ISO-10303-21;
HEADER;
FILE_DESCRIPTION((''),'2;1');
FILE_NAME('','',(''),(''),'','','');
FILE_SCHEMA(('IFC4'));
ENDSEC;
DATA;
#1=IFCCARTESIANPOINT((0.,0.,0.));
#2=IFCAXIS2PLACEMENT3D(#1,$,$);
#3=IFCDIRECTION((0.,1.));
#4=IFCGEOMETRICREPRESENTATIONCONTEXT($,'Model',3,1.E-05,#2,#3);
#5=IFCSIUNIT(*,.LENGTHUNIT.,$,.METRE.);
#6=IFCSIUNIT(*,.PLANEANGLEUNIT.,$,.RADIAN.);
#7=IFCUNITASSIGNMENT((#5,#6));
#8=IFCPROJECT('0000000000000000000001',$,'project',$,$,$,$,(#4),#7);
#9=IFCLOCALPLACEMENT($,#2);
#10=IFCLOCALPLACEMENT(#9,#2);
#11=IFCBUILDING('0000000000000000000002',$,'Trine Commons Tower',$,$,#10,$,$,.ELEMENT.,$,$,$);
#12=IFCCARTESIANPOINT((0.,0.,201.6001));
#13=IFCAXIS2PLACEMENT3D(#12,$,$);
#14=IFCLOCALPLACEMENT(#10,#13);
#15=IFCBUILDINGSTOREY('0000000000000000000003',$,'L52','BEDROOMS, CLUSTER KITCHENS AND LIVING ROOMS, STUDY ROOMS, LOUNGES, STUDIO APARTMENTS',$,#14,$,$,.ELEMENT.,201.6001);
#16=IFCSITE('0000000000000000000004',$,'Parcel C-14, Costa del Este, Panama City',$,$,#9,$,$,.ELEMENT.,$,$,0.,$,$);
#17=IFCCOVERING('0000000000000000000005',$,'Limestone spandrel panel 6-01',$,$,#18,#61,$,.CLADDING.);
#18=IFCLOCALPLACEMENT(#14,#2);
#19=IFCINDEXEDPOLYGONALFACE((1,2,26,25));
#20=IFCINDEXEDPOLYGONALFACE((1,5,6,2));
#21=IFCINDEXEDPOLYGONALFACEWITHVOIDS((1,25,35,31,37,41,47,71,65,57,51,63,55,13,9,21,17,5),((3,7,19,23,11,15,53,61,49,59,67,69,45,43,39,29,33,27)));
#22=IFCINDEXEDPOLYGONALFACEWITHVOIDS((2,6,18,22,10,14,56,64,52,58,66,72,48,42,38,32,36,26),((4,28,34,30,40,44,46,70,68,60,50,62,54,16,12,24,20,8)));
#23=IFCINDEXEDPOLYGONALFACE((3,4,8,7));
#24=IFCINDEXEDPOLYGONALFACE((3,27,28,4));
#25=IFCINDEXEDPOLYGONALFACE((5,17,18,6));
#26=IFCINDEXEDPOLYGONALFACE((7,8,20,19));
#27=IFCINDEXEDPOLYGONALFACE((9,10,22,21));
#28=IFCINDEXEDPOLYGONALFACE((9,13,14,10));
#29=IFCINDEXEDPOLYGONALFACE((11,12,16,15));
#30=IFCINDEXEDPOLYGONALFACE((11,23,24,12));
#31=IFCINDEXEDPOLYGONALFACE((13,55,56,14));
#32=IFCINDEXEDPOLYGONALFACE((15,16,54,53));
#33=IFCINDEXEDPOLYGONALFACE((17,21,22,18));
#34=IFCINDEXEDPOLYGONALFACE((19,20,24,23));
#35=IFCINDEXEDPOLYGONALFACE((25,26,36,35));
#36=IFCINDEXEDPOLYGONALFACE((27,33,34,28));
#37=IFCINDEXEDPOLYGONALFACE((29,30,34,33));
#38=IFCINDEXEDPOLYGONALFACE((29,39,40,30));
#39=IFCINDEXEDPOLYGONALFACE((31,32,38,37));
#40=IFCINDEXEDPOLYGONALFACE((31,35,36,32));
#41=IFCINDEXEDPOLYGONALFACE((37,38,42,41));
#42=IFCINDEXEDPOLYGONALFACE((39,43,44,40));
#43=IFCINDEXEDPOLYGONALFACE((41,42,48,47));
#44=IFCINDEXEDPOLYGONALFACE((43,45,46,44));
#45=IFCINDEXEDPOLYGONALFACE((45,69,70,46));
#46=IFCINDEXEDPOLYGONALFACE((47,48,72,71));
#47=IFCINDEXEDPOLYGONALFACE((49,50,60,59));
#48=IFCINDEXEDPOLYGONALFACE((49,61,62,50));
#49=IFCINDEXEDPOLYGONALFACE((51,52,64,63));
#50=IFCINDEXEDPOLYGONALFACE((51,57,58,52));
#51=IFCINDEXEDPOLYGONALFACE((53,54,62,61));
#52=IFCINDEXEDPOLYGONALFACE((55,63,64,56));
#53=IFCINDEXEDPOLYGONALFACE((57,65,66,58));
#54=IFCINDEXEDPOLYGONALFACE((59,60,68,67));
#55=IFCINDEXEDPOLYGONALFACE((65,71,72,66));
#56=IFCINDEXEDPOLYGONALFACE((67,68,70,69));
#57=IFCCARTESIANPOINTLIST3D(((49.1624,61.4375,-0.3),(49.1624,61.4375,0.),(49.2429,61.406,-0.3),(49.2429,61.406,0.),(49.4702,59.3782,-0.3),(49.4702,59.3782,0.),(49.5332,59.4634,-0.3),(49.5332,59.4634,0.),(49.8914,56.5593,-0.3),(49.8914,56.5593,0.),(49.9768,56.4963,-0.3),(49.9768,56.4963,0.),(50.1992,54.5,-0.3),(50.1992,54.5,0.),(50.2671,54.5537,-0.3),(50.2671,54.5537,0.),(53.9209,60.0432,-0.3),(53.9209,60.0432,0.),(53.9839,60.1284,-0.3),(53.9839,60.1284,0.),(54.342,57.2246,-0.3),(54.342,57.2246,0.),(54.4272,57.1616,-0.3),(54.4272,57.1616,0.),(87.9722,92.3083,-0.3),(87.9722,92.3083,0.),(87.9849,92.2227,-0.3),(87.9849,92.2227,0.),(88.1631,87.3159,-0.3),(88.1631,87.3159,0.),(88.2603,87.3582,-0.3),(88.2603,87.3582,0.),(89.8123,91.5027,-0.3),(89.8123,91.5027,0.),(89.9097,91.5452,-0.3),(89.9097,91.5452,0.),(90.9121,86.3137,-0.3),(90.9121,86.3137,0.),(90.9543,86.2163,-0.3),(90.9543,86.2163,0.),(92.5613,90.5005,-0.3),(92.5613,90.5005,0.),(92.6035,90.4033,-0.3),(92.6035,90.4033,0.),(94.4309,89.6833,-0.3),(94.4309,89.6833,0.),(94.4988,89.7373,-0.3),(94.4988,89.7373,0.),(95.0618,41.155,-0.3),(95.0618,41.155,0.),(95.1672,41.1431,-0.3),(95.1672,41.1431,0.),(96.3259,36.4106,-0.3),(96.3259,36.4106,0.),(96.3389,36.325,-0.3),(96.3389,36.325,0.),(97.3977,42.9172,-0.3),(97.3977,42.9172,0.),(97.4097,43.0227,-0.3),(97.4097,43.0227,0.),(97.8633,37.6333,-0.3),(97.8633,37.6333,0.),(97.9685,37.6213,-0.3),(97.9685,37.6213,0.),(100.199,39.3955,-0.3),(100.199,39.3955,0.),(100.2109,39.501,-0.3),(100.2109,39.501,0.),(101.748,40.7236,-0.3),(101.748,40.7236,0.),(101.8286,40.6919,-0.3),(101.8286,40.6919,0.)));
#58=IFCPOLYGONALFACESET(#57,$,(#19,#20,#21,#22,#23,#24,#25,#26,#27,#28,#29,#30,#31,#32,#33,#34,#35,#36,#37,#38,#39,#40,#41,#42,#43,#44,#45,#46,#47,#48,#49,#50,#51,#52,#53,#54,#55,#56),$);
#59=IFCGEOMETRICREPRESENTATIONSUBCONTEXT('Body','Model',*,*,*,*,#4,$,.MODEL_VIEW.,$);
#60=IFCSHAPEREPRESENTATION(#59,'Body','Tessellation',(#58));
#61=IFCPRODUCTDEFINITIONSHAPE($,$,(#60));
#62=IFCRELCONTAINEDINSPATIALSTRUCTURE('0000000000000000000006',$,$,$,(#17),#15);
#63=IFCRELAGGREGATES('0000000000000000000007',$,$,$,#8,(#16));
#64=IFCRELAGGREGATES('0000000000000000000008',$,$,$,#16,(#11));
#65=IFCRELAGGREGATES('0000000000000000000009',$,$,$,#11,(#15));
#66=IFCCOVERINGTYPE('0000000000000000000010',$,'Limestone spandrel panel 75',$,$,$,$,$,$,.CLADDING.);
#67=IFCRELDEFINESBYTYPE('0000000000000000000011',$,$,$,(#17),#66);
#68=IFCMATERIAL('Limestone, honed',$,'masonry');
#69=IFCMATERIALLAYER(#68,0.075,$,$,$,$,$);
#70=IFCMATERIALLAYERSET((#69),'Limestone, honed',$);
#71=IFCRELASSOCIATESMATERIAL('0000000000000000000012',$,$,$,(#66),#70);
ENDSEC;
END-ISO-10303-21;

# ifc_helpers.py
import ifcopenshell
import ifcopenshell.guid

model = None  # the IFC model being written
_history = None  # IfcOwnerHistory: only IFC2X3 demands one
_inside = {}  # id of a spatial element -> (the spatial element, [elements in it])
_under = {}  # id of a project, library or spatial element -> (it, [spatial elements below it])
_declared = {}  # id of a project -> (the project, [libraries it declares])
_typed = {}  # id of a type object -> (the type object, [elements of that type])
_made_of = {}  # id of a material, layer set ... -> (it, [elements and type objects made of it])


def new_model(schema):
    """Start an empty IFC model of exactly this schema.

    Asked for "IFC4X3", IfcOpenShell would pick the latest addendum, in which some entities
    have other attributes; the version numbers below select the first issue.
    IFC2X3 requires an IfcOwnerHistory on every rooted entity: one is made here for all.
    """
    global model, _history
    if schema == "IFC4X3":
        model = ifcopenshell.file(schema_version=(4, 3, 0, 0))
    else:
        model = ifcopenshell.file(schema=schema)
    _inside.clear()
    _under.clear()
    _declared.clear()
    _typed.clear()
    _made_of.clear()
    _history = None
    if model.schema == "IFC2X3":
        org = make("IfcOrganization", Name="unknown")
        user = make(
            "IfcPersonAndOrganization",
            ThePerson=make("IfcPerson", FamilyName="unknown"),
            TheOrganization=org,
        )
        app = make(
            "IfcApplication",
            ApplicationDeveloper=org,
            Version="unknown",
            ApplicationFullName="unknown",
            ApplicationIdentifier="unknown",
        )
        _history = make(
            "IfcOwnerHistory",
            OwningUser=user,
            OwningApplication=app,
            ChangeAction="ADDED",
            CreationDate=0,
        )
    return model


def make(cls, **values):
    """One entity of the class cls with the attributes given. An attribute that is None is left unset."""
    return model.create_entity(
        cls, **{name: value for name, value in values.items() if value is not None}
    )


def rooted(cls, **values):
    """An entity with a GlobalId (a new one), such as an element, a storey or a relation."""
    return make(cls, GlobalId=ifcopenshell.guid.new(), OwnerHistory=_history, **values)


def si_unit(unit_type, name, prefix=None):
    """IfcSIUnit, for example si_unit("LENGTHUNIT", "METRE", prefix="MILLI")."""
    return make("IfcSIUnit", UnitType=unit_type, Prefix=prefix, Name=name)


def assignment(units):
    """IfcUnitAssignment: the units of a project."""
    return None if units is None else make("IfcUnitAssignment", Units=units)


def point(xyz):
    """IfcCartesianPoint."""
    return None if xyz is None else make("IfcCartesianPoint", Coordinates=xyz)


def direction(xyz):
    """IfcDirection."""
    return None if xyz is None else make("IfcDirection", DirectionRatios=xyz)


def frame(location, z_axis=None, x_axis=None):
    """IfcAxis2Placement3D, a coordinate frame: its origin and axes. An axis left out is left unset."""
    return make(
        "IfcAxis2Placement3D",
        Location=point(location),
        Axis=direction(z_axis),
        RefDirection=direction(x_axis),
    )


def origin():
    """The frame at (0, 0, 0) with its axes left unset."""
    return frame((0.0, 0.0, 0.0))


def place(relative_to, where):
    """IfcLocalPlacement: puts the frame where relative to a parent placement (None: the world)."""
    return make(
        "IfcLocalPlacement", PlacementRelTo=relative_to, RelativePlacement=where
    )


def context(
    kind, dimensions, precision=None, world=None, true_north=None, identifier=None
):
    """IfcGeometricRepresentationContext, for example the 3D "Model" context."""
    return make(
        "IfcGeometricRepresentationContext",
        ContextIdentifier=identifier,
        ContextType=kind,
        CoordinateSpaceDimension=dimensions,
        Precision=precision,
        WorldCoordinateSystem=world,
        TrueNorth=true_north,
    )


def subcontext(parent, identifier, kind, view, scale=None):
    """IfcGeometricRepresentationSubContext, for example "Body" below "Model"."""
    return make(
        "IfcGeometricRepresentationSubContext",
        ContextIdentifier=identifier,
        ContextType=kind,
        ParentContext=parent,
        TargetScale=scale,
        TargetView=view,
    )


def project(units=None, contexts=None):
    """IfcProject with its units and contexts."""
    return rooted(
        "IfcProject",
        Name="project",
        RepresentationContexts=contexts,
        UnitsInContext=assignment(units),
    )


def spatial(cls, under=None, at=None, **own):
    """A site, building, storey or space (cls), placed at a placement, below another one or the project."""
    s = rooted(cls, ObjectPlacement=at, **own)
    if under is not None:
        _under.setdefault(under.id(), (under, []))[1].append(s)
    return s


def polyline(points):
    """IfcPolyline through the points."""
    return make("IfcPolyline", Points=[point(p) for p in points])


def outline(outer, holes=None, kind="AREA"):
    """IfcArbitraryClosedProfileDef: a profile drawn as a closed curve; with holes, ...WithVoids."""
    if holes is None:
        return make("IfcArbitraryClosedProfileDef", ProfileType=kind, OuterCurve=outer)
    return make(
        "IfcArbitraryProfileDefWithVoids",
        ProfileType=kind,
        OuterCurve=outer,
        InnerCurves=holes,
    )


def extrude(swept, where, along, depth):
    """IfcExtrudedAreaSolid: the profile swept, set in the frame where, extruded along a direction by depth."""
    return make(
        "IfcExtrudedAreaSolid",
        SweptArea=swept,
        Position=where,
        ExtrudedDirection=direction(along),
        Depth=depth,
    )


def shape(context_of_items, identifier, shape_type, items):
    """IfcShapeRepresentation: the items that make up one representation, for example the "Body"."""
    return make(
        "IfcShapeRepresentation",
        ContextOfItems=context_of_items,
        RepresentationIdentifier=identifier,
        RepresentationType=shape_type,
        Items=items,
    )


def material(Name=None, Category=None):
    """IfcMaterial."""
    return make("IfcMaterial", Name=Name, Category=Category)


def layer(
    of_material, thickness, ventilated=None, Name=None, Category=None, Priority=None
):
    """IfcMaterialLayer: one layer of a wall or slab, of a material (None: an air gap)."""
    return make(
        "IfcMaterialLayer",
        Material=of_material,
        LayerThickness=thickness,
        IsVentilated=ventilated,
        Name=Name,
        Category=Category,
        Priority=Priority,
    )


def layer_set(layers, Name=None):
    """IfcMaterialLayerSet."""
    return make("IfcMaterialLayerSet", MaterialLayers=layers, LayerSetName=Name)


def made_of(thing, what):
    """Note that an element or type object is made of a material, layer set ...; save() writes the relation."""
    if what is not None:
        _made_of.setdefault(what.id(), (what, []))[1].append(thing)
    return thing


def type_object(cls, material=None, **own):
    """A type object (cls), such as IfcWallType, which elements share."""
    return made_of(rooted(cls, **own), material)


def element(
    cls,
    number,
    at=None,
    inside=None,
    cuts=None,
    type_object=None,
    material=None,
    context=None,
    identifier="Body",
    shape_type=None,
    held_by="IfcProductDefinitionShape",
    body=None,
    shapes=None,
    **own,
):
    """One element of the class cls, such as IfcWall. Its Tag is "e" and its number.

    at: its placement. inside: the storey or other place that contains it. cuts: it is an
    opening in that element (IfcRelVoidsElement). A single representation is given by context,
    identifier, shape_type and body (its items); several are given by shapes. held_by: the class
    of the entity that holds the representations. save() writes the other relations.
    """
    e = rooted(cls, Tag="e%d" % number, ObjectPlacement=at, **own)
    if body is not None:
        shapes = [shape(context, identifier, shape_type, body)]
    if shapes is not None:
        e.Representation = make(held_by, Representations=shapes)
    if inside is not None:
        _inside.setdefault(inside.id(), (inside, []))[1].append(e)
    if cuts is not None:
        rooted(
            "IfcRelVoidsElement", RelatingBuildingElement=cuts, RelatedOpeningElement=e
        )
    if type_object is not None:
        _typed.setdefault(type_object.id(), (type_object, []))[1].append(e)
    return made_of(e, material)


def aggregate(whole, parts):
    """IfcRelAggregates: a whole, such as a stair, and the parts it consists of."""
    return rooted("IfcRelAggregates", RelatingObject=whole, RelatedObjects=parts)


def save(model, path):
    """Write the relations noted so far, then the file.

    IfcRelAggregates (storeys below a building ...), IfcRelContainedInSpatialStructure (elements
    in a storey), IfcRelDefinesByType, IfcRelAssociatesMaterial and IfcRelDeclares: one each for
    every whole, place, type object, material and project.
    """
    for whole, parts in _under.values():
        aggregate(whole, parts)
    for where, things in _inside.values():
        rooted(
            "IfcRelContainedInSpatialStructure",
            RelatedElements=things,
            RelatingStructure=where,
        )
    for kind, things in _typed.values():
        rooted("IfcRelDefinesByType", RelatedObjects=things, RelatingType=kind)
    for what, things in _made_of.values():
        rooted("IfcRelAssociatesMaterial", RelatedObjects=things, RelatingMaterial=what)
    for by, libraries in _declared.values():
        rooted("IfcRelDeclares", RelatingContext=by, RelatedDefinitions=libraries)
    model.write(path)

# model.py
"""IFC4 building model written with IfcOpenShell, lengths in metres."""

from ifc_helpers import new_model, si_unit, direction, frame, origin, place, context, subcontext, project, spatial, polyline, outline, extrude, material, layer, layer_set, type_object, element, save


model = new_model("IFC4")

# Units and contexts
model_context = context("Model", 3, precision=1e-05, world=origin(), true_north=direction((0.0, 1.0)))
body_context = subcontext(model_context, "Body", "Model", "MODEL_VIEW")
ifc_project = project(units=[si_unit("LENGTHUNIT", "METRE"), si_unit("PLANEANGLEUNIT", "RADIAN")], contexts=[model_context])

# Site, building, storey
site_placement = place(None, origin())
site = spatial("IfcSite", under=ifc_project, at=site_placement, Name="Parcel C-14, Costa del Este, Panama City", CompositionType="ELEMENT", RefElevation=0.0)
building_placement = place(site_placement, origin())
building = spatial("IfcBuilding", under=site, at=building_placement, Name="Trine Commons Tower", CompositionType="ELEMENT")
storey_placement = place(building_placement, frame((0.0, 0.0, 201.6001)))
storey = spatial("IfcBuildingStorey", under=building, at=storey_placement, Name="L52", Description="BEDROOMS, CLUSTER KITCHENS AND LIVING ROOMS, STUDY ROOMS, LOUNGES, STUDIO APARTMENTS", CompositionType="ELEMENT", Elevation=201.6001)

# Covering
ifc_material_1 = material(Name="Limestone, honed", Category="masonry")
ifc_layer_1 = layer(ifc_material_1, 0.075)
ifc_layer_set_1 = layer_set([ifc_layer_1], Name="Limestone, honed")
covering_type_1 = type_object("IfcCoveringType", Name="Limestone spandrel panel 75", PredefinedType="CLADDING", material=ifc_layer_set_1)
covering_1_placement = place(storey_placement, frame((0.0, 0.0, -0.3)))
element("IfcCovering", 1, at=covering_1_placement, inside=storey, type_object=covering_type_1, Name="Limestone spandrel panel 6-01", PredefinedType="CLADDING", context=body_context, shape_type="SweptSolid", body=[
    extrude(outline(polyline([(97.3977, 42.9172), (100.199, 39.3955), (101.8286, 40.6919), (94.4988, 89.7373), (92.5613, 90.5005), (90.9121, 86.3137), (88.2603, 87.3582), (89.9097, 91.5452), (87.9722, 92.3083), (49.1624, 61.4375), (49.4702, 59.3782), (53.9209, 60.0432), (54.342, 57.2246), (49.8914, 56.5593), (50.1992, 54.5), (96.3389, 36.325), (97.9685, 37.6213), (95.1672, 41.1431), (97.3977, 42.9172)]), holes=[polyline([(92.6035, 90.4033), (94.4309, 89.6833), (101.748, 40.7236), (100.2109, 39.501), (97.4097, 43.0227), (95.0618, 41.155), (97.8633, 37.6333), (96.3259, 36.4106), (50.2671, 54.5537), (49.9768, 56.4963), (54.4272, 57.1616), (53.9839, 60.1284), (49.5332, 59.4634), (49.2429, 61.406), (87.9849, 92.2227), (89.8123, 91.5027), (88.1631, 87.3159), (90.9543, 86.2163), (92.6035, 90.4033)])]), origin(), (0.0, 0.0, 1.0), 0.3),
])

save(model, "model.ifc")
